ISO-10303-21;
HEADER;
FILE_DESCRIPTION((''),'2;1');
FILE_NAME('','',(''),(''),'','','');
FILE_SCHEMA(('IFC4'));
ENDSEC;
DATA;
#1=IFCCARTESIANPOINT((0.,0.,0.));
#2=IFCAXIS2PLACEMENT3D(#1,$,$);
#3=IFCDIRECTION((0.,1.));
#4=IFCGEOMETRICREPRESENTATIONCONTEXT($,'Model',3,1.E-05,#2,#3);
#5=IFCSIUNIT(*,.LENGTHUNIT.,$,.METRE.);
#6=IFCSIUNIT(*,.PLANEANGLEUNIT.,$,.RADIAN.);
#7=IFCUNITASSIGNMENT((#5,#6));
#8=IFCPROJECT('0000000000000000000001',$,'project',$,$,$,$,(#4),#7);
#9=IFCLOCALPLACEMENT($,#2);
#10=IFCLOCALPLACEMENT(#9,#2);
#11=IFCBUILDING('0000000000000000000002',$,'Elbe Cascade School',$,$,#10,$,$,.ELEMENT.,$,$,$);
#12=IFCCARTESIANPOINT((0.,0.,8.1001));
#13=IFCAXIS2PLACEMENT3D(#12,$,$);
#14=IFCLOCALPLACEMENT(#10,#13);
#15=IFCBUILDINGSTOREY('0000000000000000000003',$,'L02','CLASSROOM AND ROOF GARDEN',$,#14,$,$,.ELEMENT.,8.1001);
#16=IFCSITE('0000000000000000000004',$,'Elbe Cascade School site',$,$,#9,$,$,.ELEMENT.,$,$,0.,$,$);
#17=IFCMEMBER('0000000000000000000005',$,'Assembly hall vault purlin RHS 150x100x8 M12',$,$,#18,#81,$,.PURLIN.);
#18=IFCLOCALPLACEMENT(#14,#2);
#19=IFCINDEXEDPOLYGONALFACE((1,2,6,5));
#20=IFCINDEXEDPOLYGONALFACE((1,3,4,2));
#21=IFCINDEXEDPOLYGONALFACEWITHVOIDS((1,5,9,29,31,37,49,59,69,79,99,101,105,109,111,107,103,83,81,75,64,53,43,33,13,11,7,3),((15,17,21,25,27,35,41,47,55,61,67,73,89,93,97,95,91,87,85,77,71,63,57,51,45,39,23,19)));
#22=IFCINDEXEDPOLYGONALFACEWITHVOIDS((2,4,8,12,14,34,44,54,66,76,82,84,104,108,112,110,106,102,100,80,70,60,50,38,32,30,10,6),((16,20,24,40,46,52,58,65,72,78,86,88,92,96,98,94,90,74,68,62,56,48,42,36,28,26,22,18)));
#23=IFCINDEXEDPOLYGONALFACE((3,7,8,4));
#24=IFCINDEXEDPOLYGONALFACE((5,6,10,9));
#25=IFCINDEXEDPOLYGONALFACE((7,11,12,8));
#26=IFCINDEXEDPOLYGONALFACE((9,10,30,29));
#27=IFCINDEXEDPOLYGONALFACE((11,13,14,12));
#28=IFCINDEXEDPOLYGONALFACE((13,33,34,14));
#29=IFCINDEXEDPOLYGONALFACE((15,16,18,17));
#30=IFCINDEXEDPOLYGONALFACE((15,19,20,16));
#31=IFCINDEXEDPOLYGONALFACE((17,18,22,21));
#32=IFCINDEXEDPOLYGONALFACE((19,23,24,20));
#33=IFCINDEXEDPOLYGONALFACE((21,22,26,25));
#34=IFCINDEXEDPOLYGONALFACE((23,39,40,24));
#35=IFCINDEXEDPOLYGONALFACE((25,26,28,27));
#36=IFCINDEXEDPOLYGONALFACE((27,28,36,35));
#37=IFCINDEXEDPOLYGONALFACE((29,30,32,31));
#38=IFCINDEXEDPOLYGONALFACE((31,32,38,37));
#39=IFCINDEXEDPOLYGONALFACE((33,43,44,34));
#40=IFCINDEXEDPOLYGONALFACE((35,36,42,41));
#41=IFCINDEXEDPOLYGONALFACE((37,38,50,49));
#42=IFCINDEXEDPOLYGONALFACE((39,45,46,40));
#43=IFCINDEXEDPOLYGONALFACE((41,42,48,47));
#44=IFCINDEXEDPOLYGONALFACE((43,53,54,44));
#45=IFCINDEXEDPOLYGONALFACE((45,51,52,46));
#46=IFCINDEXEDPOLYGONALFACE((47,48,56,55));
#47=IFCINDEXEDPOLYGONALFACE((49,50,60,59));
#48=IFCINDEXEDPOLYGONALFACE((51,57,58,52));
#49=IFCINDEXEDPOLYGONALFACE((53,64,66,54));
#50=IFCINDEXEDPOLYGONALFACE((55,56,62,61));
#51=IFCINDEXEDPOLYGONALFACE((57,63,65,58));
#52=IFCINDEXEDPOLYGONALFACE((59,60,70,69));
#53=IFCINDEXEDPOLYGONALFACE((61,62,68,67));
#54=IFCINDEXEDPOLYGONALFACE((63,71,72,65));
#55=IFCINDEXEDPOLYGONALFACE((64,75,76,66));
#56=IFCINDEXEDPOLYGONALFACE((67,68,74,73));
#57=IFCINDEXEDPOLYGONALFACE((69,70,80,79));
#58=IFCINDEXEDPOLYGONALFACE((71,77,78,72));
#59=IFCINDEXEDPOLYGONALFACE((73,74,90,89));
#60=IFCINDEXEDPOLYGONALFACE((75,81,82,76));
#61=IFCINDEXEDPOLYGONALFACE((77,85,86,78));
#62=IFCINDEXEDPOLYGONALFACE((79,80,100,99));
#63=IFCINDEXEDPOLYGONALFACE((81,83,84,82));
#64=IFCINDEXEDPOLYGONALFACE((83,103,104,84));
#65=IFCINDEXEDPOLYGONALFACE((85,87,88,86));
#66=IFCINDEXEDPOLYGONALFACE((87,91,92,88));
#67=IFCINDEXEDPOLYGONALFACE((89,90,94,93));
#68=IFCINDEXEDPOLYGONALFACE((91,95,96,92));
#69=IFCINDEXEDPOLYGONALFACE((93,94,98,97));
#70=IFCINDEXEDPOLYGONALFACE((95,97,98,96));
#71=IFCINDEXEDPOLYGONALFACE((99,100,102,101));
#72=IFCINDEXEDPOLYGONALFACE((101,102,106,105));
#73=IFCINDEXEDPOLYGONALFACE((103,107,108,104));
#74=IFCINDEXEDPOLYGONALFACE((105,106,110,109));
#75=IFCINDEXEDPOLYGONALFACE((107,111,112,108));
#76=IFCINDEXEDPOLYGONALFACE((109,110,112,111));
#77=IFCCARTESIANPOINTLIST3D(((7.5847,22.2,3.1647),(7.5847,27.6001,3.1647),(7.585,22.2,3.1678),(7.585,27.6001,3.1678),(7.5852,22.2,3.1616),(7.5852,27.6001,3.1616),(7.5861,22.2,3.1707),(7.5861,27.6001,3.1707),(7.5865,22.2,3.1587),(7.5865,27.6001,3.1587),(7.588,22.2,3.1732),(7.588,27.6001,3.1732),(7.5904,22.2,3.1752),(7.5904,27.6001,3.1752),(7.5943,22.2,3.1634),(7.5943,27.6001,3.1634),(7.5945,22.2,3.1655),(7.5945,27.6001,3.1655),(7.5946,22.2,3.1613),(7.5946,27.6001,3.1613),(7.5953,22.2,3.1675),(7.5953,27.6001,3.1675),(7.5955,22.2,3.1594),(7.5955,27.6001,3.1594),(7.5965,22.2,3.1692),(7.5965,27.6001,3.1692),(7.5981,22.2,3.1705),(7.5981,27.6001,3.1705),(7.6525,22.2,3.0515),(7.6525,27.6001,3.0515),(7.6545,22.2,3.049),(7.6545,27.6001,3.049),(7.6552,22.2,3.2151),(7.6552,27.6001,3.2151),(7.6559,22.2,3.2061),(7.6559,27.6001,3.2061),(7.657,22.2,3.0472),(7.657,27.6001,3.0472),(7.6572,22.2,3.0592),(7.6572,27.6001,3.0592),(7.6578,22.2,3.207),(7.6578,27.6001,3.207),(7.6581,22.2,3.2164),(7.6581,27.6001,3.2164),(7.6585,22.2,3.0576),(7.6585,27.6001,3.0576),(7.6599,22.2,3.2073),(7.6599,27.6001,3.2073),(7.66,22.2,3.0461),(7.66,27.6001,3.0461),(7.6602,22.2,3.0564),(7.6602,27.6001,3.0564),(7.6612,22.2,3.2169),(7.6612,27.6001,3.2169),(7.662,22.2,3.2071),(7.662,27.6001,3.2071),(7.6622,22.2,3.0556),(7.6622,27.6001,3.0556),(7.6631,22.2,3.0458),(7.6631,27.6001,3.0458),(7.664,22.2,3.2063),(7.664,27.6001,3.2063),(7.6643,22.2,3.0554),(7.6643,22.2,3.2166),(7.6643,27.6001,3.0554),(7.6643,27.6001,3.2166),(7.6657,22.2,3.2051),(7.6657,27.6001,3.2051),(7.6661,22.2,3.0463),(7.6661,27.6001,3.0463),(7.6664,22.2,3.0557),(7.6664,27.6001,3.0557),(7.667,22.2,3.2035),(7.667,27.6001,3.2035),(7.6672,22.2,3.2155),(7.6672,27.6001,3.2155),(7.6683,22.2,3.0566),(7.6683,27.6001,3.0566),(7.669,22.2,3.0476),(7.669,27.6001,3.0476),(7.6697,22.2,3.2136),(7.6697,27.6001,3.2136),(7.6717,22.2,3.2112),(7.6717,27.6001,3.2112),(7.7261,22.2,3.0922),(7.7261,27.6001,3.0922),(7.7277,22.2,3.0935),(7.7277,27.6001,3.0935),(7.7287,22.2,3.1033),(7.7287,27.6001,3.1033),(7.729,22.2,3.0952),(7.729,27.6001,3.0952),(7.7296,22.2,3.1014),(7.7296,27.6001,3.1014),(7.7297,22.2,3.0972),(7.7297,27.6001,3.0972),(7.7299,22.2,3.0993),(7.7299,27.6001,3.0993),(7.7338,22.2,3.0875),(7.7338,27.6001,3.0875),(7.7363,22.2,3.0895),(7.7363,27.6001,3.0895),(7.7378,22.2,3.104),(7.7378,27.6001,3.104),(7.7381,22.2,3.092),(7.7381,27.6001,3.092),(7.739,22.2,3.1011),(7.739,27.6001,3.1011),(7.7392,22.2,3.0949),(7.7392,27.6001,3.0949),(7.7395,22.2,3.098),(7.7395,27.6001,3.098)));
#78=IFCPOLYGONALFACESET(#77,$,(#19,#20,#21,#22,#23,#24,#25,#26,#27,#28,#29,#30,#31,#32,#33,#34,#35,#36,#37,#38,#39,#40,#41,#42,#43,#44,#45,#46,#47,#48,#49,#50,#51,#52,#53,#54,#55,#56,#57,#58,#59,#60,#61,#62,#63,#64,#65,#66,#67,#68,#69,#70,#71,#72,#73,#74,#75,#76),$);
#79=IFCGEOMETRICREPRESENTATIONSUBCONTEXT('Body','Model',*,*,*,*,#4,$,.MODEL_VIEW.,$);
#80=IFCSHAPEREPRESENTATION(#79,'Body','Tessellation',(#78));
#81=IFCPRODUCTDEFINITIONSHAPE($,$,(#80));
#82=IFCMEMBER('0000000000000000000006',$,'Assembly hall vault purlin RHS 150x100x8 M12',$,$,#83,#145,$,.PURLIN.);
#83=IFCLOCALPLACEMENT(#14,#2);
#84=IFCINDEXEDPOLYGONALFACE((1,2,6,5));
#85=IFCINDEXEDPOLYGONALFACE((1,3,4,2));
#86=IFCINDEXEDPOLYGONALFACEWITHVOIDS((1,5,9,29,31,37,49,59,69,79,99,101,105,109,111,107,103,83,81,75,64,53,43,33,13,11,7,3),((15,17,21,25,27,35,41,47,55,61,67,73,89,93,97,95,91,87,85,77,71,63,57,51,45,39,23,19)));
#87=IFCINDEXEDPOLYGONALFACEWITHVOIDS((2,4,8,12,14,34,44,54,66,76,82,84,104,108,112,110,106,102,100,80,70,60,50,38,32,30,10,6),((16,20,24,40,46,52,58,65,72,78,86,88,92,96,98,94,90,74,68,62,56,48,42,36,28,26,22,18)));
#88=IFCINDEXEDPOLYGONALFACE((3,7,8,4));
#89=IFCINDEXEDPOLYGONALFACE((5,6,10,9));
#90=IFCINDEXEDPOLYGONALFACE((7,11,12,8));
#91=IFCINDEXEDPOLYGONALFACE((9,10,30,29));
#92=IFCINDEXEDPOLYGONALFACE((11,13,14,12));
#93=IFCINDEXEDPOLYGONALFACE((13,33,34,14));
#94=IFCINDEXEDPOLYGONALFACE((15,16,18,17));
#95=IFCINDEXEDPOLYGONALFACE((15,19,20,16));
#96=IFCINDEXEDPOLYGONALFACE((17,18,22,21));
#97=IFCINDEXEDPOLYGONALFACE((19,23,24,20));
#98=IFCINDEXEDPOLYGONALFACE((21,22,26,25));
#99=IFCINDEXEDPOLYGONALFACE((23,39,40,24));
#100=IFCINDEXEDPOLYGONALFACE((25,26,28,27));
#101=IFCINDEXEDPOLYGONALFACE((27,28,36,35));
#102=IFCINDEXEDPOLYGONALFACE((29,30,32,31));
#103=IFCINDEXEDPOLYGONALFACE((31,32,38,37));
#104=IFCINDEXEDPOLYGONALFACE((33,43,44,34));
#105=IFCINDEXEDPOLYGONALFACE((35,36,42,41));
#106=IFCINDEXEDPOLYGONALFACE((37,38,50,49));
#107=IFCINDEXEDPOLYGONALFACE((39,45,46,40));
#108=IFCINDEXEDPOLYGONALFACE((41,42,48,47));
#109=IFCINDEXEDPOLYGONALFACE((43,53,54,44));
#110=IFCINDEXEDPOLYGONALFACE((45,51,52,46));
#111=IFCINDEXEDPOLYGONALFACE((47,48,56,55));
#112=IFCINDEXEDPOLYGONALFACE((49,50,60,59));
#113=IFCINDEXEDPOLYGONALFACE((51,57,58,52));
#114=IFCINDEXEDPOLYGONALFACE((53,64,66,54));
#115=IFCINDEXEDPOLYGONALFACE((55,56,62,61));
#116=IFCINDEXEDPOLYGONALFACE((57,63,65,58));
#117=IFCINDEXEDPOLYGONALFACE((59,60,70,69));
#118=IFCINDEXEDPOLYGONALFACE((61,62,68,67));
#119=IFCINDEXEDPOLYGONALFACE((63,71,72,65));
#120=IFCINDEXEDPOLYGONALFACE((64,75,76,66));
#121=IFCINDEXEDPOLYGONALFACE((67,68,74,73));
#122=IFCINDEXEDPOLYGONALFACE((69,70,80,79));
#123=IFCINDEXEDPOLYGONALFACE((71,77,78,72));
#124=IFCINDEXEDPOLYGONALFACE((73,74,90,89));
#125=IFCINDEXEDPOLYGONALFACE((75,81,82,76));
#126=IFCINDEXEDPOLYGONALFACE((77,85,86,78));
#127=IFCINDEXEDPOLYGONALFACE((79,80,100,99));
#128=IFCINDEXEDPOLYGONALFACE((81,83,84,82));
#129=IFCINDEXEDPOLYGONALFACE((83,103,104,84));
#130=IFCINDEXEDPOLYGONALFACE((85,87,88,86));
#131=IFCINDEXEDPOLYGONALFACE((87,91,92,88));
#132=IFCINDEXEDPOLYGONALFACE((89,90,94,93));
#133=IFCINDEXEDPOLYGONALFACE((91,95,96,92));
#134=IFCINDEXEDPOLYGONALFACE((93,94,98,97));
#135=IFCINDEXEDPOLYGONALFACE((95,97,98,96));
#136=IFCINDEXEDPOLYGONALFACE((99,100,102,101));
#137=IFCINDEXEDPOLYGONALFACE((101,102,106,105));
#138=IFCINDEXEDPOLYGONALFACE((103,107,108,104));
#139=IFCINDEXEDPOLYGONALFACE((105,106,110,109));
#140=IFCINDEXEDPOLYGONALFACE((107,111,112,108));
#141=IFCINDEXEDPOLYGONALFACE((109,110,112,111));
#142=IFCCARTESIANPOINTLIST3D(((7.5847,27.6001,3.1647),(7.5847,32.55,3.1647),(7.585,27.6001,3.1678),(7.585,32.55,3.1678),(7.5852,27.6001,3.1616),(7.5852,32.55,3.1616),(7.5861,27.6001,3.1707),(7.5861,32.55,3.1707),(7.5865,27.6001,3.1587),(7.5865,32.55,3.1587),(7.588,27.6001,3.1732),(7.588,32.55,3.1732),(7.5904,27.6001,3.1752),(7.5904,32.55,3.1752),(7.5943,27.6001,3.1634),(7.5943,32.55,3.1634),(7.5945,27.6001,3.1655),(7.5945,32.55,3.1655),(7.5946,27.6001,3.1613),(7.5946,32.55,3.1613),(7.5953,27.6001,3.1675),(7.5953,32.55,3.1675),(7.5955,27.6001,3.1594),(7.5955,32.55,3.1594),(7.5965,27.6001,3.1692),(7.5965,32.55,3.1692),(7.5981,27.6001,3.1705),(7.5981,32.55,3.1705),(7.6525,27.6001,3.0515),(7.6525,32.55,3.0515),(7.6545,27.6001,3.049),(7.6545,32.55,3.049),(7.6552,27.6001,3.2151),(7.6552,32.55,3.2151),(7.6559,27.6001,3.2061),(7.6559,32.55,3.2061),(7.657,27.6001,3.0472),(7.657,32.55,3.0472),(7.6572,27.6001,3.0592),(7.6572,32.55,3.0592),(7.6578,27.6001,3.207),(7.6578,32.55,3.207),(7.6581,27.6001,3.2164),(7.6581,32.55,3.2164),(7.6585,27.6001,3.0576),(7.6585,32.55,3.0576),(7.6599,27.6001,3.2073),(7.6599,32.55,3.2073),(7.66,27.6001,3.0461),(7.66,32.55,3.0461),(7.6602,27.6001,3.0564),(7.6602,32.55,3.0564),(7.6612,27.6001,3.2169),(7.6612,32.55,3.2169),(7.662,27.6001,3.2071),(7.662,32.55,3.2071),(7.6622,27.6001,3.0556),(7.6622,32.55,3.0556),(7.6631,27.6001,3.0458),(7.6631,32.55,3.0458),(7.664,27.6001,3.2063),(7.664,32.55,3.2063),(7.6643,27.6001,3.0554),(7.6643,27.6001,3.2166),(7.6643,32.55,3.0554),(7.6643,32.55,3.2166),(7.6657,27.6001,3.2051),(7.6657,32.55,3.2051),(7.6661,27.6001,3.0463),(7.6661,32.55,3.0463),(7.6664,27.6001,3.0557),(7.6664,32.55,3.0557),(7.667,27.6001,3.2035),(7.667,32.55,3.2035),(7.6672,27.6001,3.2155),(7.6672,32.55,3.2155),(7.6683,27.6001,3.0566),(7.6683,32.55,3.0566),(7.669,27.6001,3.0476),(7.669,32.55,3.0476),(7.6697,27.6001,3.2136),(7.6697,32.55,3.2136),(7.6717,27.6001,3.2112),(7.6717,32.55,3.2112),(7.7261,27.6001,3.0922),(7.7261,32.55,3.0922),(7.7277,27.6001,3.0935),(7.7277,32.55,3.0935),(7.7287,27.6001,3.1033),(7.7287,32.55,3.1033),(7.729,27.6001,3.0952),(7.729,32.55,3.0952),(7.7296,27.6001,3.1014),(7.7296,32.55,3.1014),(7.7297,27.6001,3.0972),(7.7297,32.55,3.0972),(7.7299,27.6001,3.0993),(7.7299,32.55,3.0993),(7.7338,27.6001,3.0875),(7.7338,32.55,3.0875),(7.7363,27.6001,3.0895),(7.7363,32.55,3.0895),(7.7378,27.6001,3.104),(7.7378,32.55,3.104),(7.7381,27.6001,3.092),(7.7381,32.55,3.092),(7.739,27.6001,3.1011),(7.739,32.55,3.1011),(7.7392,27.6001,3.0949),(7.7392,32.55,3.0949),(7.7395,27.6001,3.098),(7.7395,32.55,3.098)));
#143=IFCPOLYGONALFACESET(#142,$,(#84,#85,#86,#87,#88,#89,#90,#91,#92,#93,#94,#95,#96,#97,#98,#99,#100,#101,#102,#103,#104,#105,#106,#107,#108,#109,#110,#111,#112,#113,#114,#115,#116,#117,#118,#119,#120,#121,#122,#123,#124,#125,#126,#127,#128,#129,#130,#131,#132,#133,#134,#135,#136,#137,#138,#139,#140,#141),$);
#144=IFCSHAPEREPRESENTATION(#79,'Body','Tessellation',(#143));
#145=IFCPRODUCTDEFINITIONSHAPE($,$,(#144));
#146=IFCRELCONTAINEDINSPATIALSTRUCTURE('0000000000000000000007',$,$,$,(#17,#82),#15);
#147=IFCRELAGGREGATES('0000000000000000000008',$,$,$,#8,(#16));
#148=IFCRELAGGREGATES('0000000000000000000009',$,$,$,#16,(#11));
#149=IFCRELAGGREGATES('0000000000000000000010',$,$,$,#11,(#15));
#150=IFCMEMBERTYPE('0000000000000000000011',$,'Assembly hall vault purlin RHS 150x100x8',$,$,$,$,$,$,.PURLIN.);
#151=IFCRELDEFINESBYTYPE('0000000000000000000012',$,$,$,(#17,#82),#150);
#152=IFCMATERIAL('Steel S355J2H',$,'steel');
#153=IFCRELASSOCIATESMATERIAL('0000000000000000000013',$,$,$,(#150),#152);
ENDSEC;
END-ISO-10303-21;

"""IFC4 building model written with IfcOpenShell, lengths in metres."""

from ifc_helpers import new_model, si_unit, direction, frame, origin, origin_2d, place, context, subcontext, project, spatial, hollow_rectangle, extrude, material, material_profile, profile_set, type_object, element, save


model = new_model("IFC4")

# Units and contexts
model_context = context("Model", 3, precision=1e-05, world=origin(), true_north=direction((0.0, 1.0)))
body_context = subcontext(model_context, "Body", "Model", "MODEL_VIEW")
ifc_project = project(units=[si_unit("LENGTHUNIT", "METRE"), si_unit("PLANEANGLEUNIT", "RADIAN")], contexts=[model_context])

# Site, building, storey
site_placement = place(None, origin())
site = spatial("IfcSite", under=ifc_project, at=site_placement, Name="Elbe Cascade School site", CompositionType="ELEMENT", RefElevation=0.0)
building_placement = place(site_placement, origin())
building = spatial("IfcBuilding", under=site, at=building_placement, Name="Elbe Cascade School", CompositionType="ELEMENT")
storey_placement = place(building_placement, frame((0.0, 0.0, 8.1001)))
storey = spatial("IfcBuildingStorey", under=building, at=storey_placement, Name="L02", Description="CLASSROOM AND ROOF GARDEN", CompositionType="ELEMENT", Elevation=8.1001)

# Members
ifc_material_1 = material(Name="Steel S355J2H", Category="steel")
ifc_material_profile_1 = material_profile(ifc_material_1, hollow_rectangle(XDim=0.1001, YDim=0.1499, WallThickness=0.0081, InnerFilletRadius=0.0081, OuterFilletRadius=0.012, at=origin_2d()), Name="RHS 150x100x8")
ifc_profile_set_1 = profile_set([ifc_material_profile_1], Name="Steel S355J2H")
member_type_1 = type_object("IfcMemberType", Name="Assembly hall vault purlin RHS 150x100x8", PredefinedType="PURLIN", material=ifc_profile_set_1)
member_1_placement = place(storey_placement, frame((7.6621, 22.2, 3.1313), z_axis=(0.0, 1.0, 0.0), x_axis=(-0.851433, 0.0, -0.524463)))
element("IfcMember", 1, at=member_1_placement, inside=storey, type_object=member_type_1, Name="Assembly hall vault purlin RHS 150x100x8 M12", PredefinedType="PURLIN", context=body_context, shape_type="SweptSolid", body=[
    extrude(hollow_rectangle(XDim=0.1001, YDim=0.1499, WallThickness=0.0081, InnerFilletRadius=0.0081, OuterFilletRadius=0.012, at=origin_2d()), origin(), (0.0, 0.0, 1.0), 5.4001),
])
member_2_placement = place(storey_placement, frame((7.6621, 27.6001, 3.1313), z_axis=(0.0, 1.0, 0.0), x_axis=(-0.851433, 0.0, -0.524463)))
element("IfcMember", 2, at=member_2_placement, inside=storey, type_object=member_type_1, Name="Assembly hall vault purlin RHS 150x100x8 M12", PredefinedType="PURLIN", context=body_context, shape_type="SweptSolid", body=[
    extrude(hollow_rectangle(XDim=0.1001, YDim=0.1499, WallThickness=0.0081, InnerFilletRadius=0.0081, OuterFilletRadius=0.012, at=origin_2d()), origin(), (0.0, 0.0, 1.0), 4.95),
])

save(model, "model.ifc")
